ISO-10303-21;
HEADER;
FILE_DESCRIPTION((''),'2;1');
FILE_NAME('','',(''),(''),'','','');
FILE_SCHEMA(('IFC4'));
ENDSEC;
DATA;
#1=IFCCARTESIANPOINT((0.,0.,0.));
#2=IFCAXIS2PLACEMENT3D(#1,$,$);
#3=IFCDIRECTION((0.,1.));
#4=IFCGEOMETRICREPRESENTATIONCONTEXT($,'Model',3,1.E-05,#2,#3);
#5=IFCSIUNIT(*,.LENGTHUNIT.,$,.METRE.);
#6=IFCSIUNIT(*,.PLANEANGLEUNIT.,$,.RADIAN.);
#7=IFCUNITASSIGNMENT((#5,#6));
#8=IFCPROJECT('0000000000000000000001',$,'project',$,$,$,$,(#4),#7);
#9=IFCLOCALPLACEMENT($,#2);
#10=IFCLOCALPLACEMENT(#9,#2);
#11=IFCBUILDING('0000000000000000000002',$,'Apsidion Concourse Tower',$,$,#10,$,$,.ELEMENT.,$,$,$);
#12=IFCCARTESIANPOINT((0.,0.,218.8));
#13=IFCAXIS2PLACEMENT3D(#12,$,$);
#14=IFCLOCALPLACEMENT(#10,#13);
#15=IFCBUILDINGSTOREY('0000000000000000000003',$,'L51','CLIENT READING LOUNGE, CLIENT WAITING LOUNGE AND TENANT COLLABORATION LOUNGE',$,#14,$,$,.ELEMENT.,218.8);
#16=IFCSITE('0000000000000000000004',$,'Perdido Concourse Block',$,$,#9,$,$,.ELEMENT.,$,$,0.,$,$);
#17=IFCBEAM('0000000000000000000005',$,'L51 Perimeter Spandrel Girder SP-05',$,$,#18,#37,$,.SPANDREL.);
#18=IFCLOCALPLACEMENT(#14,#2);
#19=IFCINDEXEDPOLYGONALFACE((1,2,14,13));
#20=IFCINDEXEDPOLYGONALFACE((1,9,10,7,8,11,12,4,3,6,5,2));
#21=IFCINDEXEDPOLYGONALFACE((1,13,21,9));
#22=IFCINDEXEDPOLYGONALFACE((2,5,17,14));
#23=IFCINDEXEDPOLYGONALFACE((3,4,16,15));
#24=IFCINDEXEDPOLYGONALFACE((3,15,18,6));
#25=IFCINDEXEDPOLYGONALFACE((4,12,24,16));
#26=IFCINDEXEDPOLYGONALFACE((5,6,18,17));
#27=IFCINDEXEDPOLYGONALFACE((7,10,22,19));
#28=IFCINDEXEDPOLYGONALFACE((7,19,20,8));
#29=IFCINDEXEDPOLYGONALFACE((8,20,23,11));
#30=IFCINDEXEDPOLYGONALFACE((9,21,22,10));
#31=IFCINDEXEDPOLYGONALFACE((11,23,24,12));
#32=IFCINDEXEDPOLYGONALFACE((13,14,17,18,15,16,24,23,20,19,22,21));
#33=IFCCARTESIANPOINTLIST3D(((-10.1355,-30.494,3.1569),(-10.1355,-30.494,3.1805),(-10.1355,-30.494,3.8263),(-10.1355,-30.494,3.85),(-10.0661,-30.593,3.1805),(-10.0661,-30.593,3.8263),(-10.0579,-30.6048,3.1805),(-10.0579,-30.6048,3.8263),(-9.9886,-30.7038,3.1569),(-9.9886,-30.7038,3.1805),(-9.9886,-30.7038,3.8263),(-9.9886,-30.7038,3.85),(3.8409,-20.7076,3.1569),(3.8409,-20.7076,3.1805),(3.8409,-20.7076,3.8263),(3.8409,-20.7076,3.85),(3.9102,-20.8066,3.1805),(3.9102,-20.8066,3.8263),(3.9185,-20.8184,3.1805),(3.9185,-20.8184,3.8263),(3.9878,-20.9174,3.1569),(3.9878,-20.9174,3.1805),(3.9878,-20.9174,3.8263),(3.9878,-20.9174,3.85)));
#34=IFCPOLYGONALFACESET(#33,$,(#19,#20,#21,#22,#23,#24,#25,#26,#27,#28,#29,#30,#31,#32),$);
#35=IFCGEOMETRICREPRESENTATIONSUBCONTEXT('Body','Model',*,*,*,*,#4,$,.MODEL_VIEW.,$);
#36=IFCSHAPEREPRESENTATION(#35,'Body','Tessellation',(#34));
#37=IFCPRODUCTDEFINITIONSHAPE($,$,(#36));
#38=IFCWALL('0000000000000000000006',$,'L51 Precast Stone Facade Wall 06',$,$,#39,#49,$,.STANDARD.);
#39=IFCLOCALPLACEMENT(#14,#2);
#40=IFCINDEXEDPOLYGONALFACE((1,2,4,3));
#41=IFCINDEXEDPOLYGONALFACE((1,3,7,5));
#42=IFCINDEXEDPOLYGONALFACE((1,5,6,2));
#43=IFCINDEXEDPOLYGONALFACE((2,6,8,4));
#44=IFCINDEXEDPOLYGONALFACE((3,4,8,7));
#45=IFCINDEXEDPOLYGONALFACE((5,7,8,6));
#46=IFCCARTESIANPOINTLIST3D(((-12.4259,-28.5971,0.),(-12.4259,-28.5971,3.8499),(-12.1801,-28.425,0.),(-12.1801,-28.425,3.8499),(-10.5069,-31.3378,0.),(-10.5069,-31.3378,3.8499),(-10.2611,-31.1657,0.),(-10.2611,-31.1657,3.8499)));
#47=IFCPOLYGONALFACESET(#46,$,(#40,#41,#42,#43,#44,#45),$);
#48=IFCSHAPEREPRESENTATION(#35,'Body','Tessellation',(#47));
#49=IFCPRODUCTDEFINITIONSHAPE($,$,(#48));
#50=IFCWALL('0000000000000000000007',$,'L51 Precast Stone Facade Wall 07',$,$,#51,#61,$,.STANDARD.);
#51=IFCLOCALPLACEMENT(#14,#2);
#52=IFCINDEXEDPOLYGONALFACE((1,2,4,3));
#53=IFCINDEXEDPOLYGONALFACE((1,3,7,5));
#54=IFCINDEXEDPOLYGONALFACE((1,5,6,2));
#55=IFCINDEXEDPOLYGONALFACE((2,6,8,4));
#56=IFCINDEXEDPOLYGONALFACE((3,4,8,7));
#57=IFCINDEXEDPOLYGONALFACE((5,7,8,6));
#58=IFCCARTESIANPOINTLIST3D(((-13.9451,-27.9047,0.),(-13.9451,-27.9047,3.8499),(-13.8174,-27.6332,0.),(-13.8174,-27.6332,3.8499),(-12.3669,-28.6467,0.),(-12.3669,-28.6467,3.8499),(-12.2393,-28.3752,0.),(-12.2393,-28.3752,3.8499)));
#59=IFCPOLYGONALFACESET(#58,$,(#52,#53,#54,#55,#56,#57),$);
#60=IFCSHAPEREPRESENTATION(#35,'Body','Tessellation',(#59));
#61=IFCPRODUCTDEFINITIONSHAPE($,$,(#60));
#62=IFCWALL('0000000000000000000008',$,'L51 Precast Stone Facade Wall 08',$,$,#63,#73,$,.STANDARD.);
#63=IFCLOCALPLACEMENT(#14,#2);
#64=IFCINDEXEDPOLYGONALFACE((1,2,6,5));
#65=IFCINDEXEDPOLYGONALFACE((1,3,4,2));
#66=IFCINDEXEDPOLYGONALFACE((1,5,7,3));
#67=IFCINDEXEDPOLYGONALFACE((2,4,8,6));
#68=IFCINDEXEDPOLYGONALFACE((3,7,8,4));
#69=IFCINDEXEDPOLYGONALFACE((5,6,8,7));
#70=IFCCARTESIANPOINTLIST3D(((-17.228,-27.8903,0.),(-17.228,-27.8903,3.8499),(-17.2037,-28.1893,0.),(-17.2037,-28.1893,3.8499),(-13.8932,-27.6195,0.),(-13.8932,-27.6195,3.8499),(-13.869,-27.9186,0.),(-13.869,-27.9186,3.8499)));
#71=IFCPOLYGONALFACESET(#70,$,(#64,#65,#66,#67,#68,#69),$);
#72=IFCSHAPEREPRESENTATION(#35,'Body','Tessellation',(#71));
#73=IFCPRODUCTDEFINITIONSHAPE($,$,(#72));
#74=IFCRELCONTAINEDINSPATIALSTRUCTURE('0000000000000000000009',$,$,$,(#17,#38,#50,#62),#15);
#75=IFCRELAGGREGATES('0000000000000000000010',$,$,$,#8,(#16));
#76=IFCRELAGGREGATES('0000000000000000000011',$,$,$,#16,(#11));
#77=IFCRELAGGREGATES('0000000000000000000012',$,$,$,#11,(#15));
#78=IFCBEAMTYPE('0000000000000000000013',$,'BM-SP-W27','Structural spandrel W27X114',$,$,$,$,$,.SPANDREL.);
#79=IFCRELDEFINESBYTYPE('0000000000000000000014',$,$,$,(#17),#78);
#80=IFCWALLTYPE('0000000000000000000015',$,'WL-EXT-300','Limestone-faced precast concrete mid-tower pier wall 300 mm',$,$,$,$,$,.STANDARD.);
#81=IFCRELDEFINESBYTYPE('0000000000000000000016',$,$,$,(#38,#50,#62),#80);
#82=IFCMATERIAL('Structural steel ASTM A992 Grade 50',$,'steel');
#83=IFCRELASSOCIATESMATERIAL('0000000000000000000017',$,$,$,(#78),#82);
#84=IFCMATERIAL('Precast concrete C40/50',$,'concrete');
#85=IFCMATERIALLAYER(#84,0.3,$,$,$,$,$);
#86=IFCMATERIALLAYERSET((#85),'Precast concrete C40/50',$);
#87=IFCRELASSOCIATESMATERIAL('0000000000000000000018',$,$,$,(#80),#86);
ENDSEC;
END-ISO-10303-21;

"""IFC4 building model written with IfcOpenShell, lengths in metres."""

from ifc_helpers import new_model, si_unit, direction, frame, frame_2d, origin, origin_2d, place, context, subcontext, project, spatial, rectangle, i_section, extrude, material, layer, layer_set, material_profile, profile_set, type_object, element, save


model = new_model("IFC4")

# Units and contexts
model_context = context("Model", 3, precision=1e-05, world=origin(), true_north=direction((0.0, 1.0)))
body_context = subcontext(model_context, "Body", "Model", "MODEL_VIEW")
ifc_project = project(units=[si_unit("LENGTHUNIT", "METRE"), si_unit("PLANEANGLEUNIT", "RADIAN")], contexts=[model_context])

# Site, building, storey
site_placement = place(None, origin())
site = spatial("IfcSite", under=ifc_project, at=site_placement, Name="Perdido Concourse Block", CompositionType="ELEMENT", RefElevation=0.0)
building_placement = place(site_placement, origin())
building = spatial("IfcBuilding", under=site, at=building_placement, Name="Apsidion Concourse Tower", CompositionType="ELEMENT")
storey_placement = place(building_placement, frame((0.0, 0.0, 218.8)))
storey = spatial("IfcBuildingStorey", under=building, at=storey_placement, Name="L51", Description="CLIENT READING LOUNGE, CLIENT WAITING LOUNGE AND TENANT COLLABORATION LOUNGE", CompositionType="ELEMENT", Elevation=218.8)

# Shared definitions
ifc_material_1 = material(Name="Structural steel ASTM A992 Grade 50", Category="steel")

# Beam
ifc_material_profile_1 = material_profile(ifc_material_1, i_section(OverallWidth=0.2561, OverallDepth=0.6931, WebThickness=0.0144, FlangeThickness=0.0237, at=origin_2d()), Name="W27X114")
ifc_profile_set_1 = profile_set([ifc_material_profile_1], Name="Structural steel ASTM A992 Grade 50")
beam_type_1 = type_object("IfcBeamType", Name="BM-SP-W27", Description="Structural spandrel W27X114", PredefinedType="SPANDREL", material=ifc_profile_set_1)
beam_1_placement = place(storey_placement, frame((-10.062, -30.5989, 3.5034), z_axis=(0.819151, 0.573579, 0.0), x_axis=(-0.573579, 0.819151, 0.0)))
element("IfcBeam", 1, at=beam_1_placement, inside=storey, type_object=beam_type_1, Name="L51 Perimeter Spandrel Girder SP-05", PredefinedType="SPANDREL", context=body_context, shape_type="SweptSolid", body=[
    extrude(i_section(OverallWidth=0.2561, OverallDepth=0.6931, WebThickness=0.0144, FlangeThickness=0.0237, at=origin_2d()), origin(), (0.0, 0.0, 1.0), 17.062),
])

# Walls
ifc_material_2 = material(Name="Precast concrete C40/50", Category="concrete")
ifc_layer_1 = layer(ifc_material_2, 0.3)
ifc_layer_set_1 = layer_set([ifc_layer_1], Name="Precast concrete C40/50")
wall_type_1 = type_object("IfcWallType", Name="WL-EXT-300", Description="Limestone-faced precast concrete mid-tower pier wall 300 mm", PredefinedType="STANDARD", material=ifc_layer_set_1)
wall_1_placement = place(storey_placement, frame((-10.384, -31.2517, 0.0), z_axis=(0.0, 0.0, 1.0), x_axis=(-0.57355, 0.81917, 0.0)))
element("IfcWall", 2, at=wall_1_placement, inside=storey, type_object=wall_type_1, Name="L51 Precast Stone Facade Wall 06", PredefinedType="STANDARD", context=body_context, shape_type="SweptSolid", body=[
    extrude(rectangle(XDim=3.3457, YDim=0.3, at=frame_2d((1.6729, 0.0))), origin(), (0.0, 0.0, 1.0), 3.8499),
])
wall_2_placement = place(storey_placement, frame((-12.303, -28.511, 0.0), z_axis=(0.0, 0.0, 1.0), x_axis=(-0.904974, 0.425467, 0.0)))
element("IfcWall", 3, at=wall_2_placement, inside=storey, type_object=wall_type_1, Name="L51 Precast Stone Facade Wall 07", PredefinedType="STANDARD", context=body_context, shape_type="SweptSolid", body=[
    extrude(rectangle(XDim=1.7439, YDim=0.3, at=frame_2d((0.8721, 0.0))), origin(), (0.0, 0.0, 1.0), 3.8499),
])
wall_3_placement = place(storey_placement, frame((-13.8811, -27.769, 0.0), z_axis=(0.0, 0.0, 1.0), x_axis=(-0.99672, -0.080926, 0.0)))
element("IfcWall", 4, at=wall_3_placement, inside=storey, type_object=wall_type_1, Name="L51 Precast Stone Facade Wall 08", PredefinedType="STANDARD", context=body_context, shape_type="SweptSolid", body=[
    extrude(rectangle(XDim=3.3457, YDim=0.3, at=frame_2d((1.6729, 0.0))), origin(), (0.0, 0.0, 1.0), 3.8499),
])

save(model, "model.ifc")
